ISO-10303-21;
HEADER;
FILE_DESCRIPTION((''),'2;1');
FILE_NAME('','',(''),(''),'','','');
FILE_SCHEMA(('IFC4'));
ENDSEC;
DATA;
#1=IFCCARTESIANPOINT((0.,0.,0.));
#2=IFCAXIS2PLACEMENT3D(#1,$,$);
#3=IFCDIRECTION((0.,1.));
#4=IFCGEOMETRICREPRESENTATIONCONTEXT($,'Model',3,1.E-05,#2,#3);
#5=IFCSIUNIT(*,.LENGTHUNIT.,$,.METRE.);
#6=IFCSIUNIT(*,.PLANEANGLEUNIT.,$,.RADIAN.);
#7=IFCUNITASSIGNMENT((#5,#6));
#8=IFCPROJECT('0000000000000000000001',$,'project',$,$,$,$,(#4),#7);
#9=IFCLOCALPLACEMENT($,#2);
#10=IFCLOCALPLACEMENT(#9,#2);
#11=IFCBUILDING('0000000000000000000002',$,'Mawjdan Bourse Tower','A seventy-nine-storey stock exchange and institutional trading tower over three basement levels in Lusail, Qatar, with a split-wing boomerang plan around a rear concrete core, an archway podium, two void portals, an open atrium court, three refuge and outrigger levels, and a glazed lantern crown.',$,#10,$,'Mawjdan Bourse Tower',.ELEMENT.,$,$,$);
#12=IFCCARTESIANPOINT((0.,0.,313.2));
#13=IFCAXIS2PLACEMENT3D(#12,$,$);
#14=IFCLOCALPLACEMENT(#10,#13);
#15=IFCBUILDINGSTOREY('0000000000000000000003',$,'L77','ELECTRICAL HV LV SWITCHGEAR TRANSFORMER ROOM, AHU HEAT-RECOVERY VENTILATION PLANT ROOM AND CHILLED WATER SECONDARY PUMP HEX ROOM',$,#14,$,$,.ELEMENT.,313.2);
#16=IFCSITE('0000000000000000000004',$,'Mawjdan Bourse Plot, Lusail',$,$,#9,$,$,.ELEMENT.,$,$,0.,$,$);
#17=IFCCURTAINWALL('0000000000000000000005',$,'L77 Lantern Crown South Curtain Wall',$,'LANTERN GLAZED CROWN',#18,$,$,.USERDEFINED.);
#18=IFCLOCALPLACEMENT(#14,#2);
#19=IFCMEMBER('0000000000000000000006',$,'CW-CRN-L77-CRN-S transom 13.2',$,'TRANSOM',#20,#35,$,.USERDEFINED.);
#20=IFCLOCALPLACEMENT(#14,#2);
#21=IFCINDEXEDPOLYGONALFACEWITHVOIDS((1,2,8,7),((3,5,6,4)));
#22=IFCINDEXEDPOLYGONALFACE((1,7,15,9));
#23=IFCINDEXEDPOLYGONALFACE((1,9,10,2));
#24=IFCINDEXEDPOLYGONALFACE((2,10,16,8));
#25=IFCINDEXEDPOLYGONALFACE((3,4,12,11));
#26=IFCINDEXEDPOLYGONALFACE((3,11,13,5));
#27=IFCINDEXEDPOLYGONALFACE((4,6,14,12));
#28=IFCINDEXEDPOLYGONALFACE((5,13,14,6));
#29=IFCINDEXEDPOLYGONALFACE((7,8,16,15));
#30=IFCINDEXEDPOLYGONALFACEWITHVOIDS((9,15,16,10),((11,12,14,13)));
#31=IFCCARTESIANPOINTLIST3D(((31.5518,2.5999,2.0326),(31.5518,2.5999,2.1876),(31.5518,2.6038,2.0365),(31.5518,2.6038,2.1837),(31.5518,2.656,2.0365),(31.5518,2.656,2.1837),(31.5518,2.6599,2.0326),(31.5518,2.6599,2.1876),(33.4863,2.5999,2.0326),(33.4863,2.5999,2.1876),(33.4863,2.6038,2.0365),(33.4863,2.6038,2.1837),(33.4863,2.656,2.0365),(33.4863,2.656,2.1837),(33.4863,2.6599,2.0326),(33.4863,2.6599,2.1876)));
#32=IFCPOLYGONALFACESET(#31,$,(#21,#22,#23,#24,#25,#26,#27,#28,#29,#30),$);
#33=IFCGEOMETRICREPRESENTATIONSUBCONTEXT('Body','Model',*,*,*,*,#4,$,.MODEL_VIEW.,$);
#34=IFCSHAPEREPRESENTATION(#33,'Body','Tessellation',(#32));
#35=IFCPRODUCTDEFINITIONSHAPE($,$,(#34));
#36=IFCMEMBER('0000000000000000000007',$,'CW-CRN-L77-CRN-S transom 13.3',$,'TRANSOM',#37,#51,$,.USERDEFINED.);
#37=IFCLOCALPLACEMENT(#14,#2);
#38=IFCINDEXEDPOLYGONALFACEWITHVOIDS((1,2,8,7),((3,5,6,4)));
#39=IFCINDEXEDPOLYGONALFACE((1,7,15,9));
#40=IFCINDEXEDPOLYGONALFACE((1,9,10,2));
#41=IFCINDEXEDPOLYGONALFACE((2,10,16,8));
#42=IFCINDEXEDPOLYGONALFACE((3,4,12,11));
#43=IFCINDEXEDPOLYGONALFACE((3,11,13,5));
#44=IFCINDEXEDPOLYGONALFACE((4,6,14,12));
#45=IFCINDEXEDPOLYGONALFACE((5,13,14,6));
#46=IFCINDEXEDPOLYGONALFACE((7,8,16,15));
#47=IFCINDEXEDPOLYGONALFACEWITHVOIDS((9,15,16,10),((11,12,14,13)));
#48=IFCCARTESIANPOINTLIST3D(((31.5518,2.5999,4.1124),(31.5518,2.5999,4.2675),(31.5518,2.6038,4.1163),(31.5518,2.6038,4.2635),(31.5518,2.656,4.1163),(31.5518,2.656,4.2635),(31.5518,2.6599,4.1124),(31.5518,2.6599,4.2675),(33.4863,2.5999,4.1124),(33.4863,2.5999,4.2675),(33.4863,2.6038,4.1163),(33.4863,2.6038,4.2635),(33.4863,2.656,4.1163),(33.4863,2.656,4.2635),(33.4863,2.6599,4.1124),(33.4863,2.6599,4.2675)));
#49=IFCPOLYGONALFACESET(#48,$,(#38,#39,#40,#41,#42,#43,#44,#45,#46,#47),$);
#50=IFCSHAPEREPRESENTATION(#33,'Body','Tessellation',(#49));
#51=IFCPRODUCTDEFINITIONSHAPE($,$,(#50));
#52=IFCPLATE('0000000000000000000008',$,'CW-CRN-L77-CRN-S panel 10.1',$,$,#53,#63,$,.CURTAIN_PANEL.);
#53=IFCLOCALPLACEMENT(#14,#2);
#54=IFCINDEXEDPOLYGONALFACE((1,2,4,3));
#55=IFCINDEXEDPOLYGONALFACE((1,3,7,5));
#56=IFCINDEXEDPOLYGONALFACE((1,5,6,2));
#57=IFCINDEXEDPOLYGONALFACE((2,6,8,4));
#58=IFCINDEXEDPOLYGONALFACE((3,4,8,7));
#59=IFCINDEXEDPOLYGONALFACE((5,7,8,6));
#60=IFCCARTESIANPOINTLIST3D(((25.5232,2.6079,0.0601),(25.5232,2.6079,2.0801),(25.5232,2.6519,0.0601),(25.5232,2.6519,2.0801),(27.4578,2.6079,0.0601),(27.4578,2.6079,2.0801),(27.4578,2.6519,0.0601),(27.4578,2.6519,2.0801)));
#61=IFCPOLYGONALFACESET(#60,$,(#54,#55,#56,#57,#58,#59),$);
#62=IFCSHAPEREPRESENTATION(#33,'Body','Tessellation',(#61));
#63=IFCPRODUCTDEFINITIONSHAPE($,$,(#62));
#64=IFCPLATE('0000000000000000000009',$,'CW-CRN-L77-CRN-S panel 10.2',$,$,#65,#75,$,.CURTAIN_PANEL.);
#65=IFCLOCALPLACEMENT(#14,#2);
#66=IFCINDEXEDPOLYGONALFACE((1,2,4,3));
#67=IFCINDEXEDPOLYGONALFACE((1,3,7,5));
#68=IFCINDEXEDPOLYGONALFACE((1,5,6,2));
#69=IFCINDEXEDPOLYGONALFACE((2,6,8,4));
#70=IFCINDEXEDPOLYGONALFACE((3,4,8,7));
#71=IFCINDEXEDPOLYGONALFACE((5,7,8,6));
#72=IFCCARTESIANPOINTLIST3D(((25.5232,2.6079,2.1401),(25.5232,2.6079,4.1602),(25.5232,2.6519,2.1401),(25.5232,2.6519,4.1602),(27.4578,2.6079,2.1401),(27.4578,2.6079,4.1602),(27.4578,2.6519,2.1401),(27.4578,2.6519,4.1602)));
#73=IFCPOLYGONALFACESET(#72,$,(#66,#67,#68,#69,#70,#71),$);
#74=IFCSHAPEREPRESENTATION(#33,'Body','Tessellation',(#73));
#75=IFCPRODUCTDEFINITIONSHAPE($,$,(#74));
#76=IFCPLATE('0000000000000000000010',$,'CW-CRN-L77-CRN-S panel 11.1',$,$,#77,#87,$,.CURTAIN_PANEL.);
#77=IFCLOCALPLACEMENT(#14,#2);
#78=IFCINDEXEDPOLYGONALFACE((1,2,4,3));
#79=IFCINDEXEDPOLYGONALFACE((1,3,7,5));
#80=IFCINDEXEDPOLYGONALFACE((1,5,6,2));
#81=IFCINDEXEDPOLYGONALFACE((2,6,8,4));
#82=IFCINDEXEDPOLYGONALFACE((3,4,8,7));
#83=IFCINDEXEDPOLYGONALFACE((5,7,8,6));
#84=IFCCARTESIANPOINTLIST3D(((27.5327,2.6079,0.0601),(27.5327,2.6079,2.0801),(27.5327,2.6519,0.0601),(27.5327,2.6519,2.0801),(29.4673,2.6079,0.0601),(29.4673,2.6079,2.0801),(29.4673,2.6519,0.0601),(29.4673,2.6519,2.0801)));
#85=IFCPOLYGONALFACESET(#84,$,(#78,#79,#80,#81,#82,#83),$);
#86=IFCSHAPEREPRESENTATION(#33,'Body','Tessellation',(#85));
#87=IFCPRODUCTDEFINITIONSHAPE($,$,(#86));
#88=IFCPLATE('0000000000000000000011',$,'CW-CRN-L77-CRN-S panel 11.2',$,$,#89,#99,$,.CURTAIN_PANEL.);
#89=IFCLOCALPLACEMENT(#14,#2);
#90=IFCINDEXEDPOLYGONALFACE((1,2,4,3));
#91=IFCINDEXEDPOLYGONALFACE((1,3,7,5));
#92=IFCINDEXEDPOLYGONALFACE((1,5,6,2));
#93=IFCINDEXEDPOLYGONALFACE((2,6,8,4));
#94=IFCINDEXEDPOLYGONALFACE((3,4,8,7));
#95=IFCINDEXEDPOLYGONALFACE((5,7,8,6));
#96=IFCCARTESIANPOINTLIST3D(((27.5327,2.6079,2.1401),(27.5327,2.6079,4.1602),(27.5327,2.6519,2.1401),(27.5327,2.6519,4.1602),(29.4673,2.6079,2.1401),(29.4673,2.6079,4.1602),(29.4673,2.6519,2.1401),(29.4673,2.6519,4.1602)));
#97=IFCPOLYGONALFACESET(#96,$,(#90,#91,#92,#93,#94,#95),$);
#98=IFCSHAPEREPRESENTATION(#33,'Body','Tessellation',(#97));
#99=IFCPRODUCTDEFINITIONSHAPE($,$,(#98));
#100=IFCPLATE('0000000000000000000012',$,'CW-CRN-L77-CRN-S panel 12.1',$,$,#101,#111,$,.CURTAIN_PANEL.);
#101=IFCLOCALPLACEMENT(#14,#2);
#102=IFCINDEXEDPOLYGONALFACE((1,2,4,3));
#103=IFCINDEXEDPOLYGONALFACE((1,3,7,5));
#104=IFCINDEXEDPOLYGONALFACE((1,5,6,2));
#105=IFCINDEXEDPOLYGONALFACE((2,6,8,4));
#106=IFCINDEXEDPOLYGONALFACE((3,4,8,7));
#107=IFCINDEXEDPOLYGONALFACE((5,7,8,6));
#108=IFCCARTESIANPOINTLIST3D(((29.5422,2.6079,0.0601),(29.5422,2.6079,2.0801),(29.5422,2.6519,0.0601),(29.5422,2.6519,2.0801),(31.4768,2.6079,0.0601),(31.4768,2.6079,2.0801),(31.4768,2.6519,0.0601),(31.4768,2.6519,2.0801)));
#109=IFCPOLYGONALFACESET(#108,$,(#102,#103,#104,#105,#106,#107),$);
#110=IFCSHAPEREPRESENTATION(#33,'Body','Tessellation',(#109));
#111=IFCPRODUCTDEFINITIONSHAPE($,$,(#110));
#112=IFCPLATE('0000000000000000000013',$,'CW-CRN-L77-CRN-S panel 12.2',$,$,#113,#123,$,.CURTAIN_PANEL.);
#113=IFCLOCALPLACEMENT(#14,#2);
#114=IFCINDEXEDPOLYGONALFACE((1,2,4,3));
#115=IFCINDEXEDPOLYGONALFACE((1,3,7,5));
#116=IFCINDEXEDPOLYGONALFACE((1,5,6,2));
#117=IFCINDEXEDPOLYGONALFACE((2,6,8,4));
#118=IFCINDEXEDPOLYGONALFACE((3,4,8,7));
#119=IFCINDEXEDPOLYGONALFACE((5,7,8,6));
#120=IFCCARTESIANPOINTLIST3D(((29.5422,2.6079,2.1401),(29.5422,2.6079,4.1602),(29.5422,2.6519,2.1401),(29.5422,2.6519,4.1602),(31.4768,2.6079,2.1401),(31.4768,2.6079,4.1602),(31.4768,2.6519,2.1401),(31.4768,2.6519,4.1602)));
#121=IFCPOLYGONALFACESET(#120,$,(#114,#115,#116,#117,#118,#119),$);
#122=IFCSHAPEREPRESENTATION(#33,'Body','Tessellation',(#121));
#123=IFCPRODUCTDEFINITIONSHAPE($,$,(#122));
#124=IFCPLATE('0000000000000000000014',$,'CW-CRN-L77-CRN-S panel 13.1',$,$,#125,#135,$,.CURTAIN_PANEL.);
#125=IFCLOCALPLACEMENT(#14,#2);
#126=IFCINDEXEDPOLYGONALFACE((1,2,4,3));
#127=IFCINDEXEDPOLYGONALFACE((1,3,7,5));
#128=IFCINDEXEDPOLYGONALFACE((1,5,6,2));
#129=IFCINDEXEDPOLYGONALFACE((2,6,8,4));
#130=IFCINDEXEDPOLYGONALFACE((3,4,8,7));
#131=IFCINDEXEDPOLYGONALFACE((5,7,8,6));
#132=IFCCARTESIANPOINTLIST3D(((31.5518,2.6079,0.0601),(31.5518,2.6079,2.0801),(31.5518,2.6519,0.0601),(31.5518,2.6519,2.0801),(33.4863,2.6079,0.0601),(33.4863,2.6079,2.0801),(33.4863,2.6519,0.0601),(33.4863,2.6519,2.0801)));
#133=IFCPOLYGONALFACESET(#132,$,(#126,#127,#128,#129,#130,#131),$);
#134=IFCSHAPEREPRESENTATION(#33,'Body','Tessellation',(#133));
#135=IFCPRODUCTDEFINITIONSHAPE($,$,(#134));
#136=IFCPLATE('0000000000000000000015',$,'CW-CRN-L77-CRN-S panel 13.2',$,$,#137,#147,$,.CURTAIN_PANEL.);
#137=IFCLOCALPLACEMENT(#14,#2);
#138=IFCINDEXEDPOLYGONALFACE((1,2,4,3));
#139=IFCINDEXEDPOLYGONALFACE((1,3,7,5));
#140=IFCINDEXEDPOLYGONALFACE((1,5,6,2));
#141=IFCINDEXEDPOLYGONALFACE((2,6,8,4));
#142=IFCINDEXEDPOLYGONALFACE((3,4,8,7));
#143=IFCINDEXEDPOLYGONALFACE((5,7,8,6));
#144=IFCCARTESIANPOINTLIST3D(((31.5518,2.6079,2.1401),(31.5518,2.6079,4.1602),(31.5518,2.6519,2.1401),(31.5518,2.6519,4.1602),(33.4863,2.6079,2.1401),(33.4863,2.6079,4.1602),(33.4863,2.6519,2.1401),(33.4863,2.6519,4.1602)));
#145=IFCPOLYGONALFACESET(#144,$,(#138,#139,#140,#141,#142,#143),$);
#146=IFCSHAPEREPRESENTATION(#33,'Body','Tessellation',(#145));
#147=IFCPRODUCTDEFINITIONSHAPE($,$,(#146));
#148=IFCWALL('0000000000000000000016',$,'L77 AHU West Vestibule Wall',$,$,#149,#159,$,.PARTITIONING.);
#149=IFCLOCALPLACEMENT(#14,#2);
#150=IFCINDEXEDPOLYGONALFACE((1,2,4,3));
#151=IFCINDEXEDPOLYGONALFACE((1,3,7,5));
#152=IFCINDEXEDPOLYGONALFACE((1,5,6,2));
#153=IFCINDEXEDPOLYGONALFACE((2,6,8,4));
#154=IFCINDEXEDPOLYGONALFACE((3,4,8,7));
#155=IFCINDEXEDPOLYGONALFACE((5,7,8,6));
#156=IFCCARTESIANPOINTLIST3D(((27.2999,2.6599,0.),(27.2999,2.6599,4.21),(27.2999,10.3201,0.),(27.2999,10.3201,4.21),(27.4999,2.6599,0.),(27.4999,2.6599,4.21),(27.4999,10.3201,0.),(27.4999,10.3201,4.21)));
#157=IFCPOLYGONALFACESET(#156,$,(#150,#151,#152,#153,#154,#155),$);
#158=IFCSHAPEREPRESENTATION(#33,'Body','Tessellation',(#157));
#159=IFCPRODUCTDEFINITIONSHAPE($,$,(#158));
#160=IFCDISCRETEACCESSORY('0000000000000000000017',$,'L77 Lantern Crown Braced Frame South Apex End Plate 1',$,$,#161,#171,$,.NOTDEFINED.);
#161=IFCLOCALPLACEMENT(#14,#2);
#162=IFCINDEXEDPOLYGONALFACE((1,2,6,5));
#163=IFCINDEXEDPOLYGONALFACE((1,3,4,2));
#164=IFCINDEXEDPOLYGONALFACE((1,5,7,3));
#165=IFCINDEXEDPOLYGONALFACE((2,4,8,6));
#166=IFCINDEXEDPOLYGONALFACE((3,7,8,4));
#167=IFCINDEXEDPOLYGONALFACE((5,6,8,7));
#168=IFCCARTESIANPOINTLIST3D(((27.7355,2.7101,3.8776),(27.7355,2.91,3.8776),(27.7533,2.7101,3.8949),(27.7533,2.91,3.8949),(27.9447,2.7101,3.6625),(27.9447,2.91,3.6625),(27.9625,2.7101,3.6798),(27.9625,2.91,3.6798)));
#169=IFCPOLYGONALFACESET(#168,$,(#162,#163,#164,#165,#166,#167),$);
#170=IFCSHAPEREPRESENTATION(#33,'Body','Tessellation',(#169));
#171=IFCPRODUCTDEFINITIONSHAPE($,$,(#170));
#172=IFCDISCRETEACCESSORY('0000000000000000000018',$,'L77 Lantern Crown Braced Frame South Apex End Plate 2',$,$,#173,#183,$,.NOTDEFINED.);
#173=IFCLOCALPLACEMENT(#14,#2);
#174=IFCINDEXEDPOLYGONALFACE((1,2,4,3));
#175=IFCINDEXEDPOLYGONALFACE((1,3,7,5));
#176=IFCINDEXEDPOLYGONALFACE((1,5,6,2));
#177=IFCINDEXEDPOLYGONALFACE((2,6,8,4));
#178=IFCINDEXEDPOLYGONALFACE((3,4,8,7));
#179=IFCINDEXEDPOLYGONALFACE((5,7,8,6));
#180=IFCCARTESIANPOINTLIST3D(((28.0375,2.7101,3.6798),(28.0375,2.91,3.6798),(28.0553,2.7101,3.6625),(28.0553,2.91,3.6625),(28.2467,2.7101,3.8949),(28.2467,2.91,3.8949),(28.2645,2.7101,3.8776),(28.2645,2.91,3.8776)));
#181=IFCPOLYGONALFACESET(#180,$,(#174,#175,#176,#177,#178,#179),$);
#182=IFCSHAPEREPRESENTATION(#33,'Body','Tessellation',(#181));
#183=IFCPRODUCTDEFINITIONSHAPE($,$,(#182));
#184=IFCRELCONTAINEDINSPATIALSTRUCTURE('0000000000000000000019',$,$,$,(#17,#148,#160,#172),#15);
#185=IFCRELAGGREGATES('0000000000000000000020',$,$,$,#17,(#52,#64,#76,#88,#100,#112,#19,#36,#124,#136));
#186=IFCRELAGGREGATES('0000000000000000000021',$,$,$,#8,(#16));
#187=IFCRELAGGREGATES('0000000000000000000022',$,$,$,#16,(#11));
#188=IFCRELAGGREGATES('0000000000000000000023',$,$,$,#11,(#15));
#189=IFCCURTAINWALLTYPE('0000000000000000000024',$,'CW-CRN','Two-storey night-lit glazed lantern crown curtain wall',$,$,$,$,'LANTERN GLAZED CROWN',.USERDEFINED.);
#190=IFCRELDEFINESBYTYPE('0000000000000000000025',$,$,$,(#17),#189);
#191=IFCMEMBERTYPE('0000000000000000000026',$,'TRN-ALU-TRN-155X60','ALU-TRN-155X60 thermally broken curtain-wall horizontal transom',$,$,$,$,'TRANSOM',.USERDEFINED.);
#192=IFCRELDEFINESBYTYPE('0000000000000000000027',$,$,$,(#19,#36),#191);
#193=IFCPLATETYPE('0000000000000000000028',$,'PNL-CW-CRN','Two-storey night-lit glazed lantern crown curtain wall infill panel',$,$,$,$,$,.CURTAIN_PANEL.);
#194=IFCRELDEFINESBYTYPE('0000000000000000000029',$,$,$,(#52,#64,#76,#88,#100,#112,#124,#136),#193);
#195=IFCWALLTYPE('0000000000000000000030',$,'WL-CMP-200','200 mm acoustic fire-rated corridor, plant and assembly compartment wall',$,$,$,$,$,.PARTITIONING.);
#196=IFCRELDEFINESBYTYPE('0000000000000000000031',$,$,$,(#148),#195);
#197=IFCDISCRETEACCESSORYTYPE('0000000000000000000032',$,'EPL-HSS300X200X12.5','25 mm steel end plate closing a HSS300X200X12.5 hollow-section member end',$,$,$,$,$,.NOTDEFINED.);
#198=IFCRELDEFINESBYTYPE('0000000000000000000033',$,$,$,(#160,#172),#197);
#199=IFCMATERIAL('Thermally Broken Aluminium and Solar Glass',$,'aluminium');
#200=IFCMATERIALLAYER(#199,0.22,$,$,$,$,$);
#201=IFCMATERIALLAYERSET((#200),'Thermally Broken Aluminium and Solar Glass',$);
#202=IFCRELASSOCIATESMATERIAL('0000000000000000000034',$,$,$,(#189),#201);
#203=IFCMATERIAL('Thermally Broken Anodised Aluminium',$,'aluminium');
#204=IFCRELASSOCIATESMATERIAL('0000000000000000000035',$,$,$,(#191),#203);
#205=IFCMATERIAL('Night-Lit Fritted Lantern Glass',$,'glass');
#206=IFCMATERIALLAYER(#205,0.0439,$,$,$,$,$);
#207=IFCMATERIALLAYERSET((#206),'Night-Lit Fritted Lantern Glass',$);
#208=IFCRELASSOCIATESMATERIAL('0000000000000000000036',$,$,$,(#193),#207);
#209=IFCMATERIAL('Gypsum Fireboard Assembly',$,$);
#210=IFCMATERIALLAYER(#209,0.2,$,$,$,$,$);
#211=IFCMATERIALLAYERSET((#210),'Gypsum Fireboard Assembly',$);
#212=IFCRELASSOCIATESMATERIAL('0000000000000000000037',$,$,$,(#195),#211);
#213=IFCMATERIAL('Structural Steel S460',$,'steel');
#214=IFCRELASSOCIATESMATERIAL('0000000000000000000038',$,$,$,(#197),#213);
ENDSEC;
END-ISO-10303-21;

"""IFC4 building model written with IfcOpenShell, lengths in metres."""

from ifc_helpers import new_model, si_unit, direction, frame, frame_2d, origin, origin_2d, place, context, subcontext, project, spatial, rectangle, hollow_rectangle, extrude, material, layer, layer_set, material_profile, profile_set, type_object, element, aggregate, save


model = new_model("IFC4")

# Units and contexts
model_context = context("Model", 3, precision=1e-05, world=origin(), true_north=direction((0.0, 1.0)))
body_context = subcontext(model_context, "Body", "Model", "MODEL_VIEW")
ifc_project = project(units=[si_unit("LENGTHUNIT", "METRE"), si_unit("PLANEANGLEUNIT", "RADIAN")], contexts=[model_context])

# Site, building, storey
site_placement = place(None, origin())
site = spatial("IfcSite", under=ifc_project, at=site_placement, Name="Mawjdan Bourse Plot, Lusail", CompositionType="ELEMENT", RefElevation=0.0)
building_placement = place(site_placement, origin())
building = spatial("IfcBuilding", under=site, at=building_placement, Name="Mawjdan Bourse Tower", Description="A seventy-nine-storey stock exchange and institutional trading tower over three basement levels in Lusail, Qatar, with a split-wing boomerang plan around a rear concrete core, an archway podium, two void portals, an open atrium court, three refuge and outrigger levels, and a glazed lantern crown.", LongName="Mawjdan Bourse Tower", CompositionType="ELEMENT")
storey_placement = place(building_placement, frame((0.0, 0.0, 313.2)))
storey = spatial("IfcBuildingStorey", under=building, at=storey_placement, Name="L77", Description="ELECTRICAL HV LV SWITCHGEAR TRANSFORMER ROOM, AHU HEAT-RECOVERY VENTILATION PLANT ROOM AND CHILLED WATER SECONDARY PUMP HEX ROOM", CompositionType="ELEMENT", Elevation=313.2)

# Shared definitions
ifc_material_1 = material(Name="Structural Steel S460", Category="steel")

# Curtain wall, members, plates
ifc_material_2 = material(Name="Thermally Broken Aluminium and Solar Glass", Category="aluminium")
ifc_layer_1 = layer(ifc_material_2, 0.22)
ifc_layer_set_1 = layer_set([ifc_layer_1], Name="Thermally Broken Aluminium and Solar Glass")
curtain_wall_type = type_object("IfcCurtainWallType", Name="CW-CRN", Description="Two-storey night-lit glazed lantern crown curtain wall", ElementType="LANTERN GLAZED CROWN", PredefinedType="USERDEFINED", material=ifc_layer_set_1)
curtain_wall_placement = place(storey_placement, origin())
curtain_wall = element("IfcCurtainWall", 1, at=curtain_wall_placement, inside=storey, type_object=curtain_wall_type, Name="L77 Lantern Crown South Curtain Wall", ObjectType="LANTERN GLAZED CROWN", PredefinedType="USERDEFINED")
ifc_material_3 = material(Name="Thermally Broken Anodised Aluminium", Category="aluminium")
ifc_material_profile_1 = material_profile(ifc_material_3, hollow_rectangle(XDim=0.0601, YDim=0.155, WallThickness=0.0039, at=origin_2d()), Name="ALU-TRN-155X60")
ifc_profile_set_1 = profile_set([ifc_material_profile_1], Name="Thermally Broken Anodised Aluminium")
member_type_1 = type_object("IfcMemberType", Name="TRN-ALU-TRN-155X60", Description="ALU-TRN-155X60 thermally broken curtain-wall horizontal transom", ElementType="TRANSOM", PredefinedType="USERDEFINED", material=ifc_profile_set_1)
member_1_placement = place(storey_placement, frame((31.5518, 2.6299, 2.1101), z_axis=(1.0, 0.0, 0.0), x_axis=(0.0, 1.0, 0.0)))
member_1 = element("IfcMember", 2, at=member_1_placement, type_object=member_type_1, Name="CW-CRN-L77-CRN-S transom 13.2", ObjectType="TRANSOM", PredefinedType="USERDEFINED", context=body_context, shape_type="SweptSolid", body=[
    extrude(hollow_rectangle(XDim=0.0601, YDim=0.155, WallThickness=0.0039, at=origin_2d()), origin(), (0.0, 0.0, 1.0), 1.9346),
])
member_2_placement = place(storey_placement, frame((31.5518, 2.6299, 4.1899), z_axis=(1.0, 0.0, 0.0), x_axis=(0.0, 1.0, 0.0)))
member_2 = element("IfcMember", 3, at=member_2_placement, type_object=member_type_1, Name="CW-CRN-L77-CRN-S transom 13.3", ObjectType="TRANSOM", PredefinedType="USERDEFINED", context=body_context, shape_type="SweptSolid", body=[
    extrude(hollow_rectangle(XDim=0.0601, YDim=0.155, WallThickness=0.0039, at=origin_2d()), origin(), (0.0, 0.0, 1.0), 1.9346),
])
ifc_material_4 = material(Name="Night-Lit Fritted Lantern Glass", Category="glass")
ifc_layer_2 = layer(ifc_material_4, 0.0439)
ifc_layer_set_2 = layer_set([ifc_layer_2], Name="Night-Lit Fritted Lantern Glass")
plate_type = type_object("IfcPlateType", Name="PNL-CW-CRN", Description="Two-storey night-lit glazed lantern crown curtain wall infill panel", PredefinedType="CURTAIN_PANEL", material=ifc_layer_set_2)
plate_1_placement = place(storey_placement, frame((26.4905, 2.6299, 0.0601), z_axis=(0.0, 0.0, 1.0), x_axis=(1.0, 0.0, 0.0)))
plate_1 = element("IfcPlate", 4, at=plate_1_placement, type_object=plate_type, Name="CW-CRN-L77-CRN-S panel 10.1", PredefinedType="CURTAIN_PANEL", context=body_context, shape_type="SweptSolid", body=[
    extrude(rectangle(XDim=1.9346, YDim=0.0439, at=origin_2d()), origin(), (0.0, 0.0, 1.0), 2.02),
])
plate_2_placement = place(storey_placement, frame((26.4905, 2.6299, 2.1401), z_axis=(0.0, 0.0, 1.0), x_axis=(1.0, 0.0, 0.0)))
plate_2 = element("IfcPlate", 5, at=plate_2_placement, type_object=plate_type, Name="CW-CRN-L77-CRN-S panel 10.2", PredefinedType="CURTAIN_PANEL", context=body_context, shape_type="SweptSolid", body=[
    extrude(rectangle(XDim=1.9346, YDim=0.0439, at=origin_2d()), origin(), (0.0, 0.0, 1.0), 2.02),
])
plate_3_placement = place(storey_placement, frame((28.5, 2.6299, 0.0601), z_axis=(0.0, 0.0, 1.0), x_axis=(1.0, 0.0, 0.0)))
plate_3 = element("IfcPlate", 6, at=plate_3_placement, type_object=plate_type, Name="CW-CRN-L77-CRN-S panel 11.1", PredefinedType="CURTAIN_PANEL", context=body_context, shape_type="SweptSolid", body=[
    extrude(rectangle(XDim=1.9346, YDim=0.0439, at=origin_2d()), origin(), (0.0, 0.0, 1.0), 2.02),
])
plate_4_placement = place(storey_placement, frame((28.5, 2.6299, 2.1401), z_axis=(0.0, 0.0, 1.0), x_axis=(1.0, 0.0, 0.0)))
plate_4 = element("IfcPlate", 7, at=plate_4_placement, type_object=plate_type, Name="CW-CRN-L77-CRN-S panel 11.2", PredefinedType="CURTAIN_PANEL", context=body_context, shape_type="SweptSolid", body=[
    extrude(rectangle(XDim=1.9346, YDim=0.0439, at=origin_2d()), origin(), (0.0, 0.0, 1.0), 2.02),
])
plate_5_placement = place(storey_placement, frame((30.5095, 2.6299, 0.0601), z_axis=(0.0, 0.0, 1.0), x_axis=(1.0, 0.0, 0.0)))
plate_5 = element("IfcPlate", 8, at=plate_5_placement, type_object=plate_type, Name="CW-CRN-L77-CRN-S panel 12.1", PredefinedType="CURTAIN_PANEL", context=body_context, shape_type="SweptSolid", body=[
    extrude(rectangle(XDim=1.9346, YDim=0.0439, at=origin_2d()), origin(), (0.0, 0.0, 1.0), 2.02),
])
plate_6_placement = place(storey_placement, frame((30.5095, 2.6299, 2.1401), z_axis=(0.0, 0.0, 1.0), x_axis=(1.0, 0.0, 0.0)))
plate_6 = element("IfcPlate", 9, at=plate_6_placement, type_object=plate_type, Name="CW-CRN-L77-CRN-S panel 12.2", PredefinedType="CURTAIN_PANEL", context=body_context, shape_type="SweptSolid", body=[
    extrude(rectangle(XDim=1.9346, YDim=0.0439, at=origin_2d()), origin(), (0.0, 0.0, 1.0), 2.02),
])
plate_7_placement = place(storey_placement, frame((32.519, 2.6299, 0.0601), z_axis=(0.0, 0.0, 1.0), x_axis=(1.0, 0.0, 0.0)))
plate_7 = element("IfcPlate", 10, at=plate_7_placement, type_object=plate_type, Name="CW-CRN-L77-CRN-S panel 13.1", PredefinedType="CURTAIN_PANEL", context=body_context, shape_type="SweptSolid", body=[
    extrude(rectangle(XDim=1.9346, YDim=0.0439, at=origin_2d()), origin(), (0.0, 0.0, 1.0), 2.02),
])
plate_8_placement = place(storey_placement, frame((32.519, 2.6299, 2.1401), z_axis=(0.0, 0.0, 1.0), x_axis=(1.0, 0.0, 0.0)))
plate_8 = element("IfcPlate", 11, at=plate_8_placement, type_object=plate_type, Name="CW-CRN-L77-CRN-S panel 13.2", PredefinedType="CURTAIN_PANEL", context=body_context, shape_type="SweptSolid", body=[
    extrude(rectangle(XDim=1.9346, YDim=0.0439, at=origin_2d()), origin(), (0.0, 0.0, 1.0), 2.02),
])
aggregate(curtain_wall, [plate_1, plate_2, plate_3, plate_4, plate_5, plate_6, member_1, member_2, plate_7, plate_8])

# Wall
ifc_material_5 = material(Name="Gypsum Fireboard Assembly")
ifc_layer_3 = layer(ifc_material_5, 0.2)
ifc_layer_set_3 = layer_set([ifc_layer_3], Name="Gypsum Fireboard Assembly")
wall_type = type_object("IfcWallType", Name="WL-CMP-200", Description="200 mm acoustic fire-rated corridor, plant and assembly compartment wall", PredefinedType="PARTITIONING", material=ifc_layer_set_3)
wall_placement = place(storey_placement, frame((27.3999, 2.6599, 0.0), z_axis=(0.0, 0.0, 1.0), x_axis=(0.0, 1.0, 0.0)))
element("IfcWall", 12, at=wall_placement, inside=storey, type_object=wall_type, Name="L77 AHU West Vestibule Wall", PredefinedType="PARTITIONING", context=body_context, shape_type="SweptSolid", body=[
    extrude(rectangle(XDim=7.6602, YDim=0.2, at=frame_2d((3.8301, 0.0))), origin(), (0.0, 0.0, 1.0), 4.21),
])

# Discrete accessories
ifc_material_profile_2 = material_profile(ifc_material_1, rectangle(XDim=0.2, YDim=0.3, at=origin_2d()), Name="EPL-HSS300X200X12.5")
ifc_profile_set_2 = profile_set([ifc_material_profile_2], Name="Structural Steel S460")
discrete_accessory_type = type_object("IfcDiscreteAccessoryType", Name="EPL-HSS300X200X12.5", Description="25 mm steel end plate closing a HSS300X200X12.5 hollow-section member end", PredefinedType="NOTDEFINED", material=ifc_profile_set_2)
for number, where, z_axis, x_axis, name in (
    (13, (27.8401, 2.8101, 3.77), (0.716859, 0.0, 0.697219), (0.0, 1.0, 0.0), "L77 Lantern Crown Braced Frame South Apex End Plate 1"),
    (14, (28.1599, 2.8101, 3.77), (-0.716859, 0.0, 0.697219), (0.0, -1.0, 0.0), "L77 Lantern Crown Braced Frame South Apex End Plate 2"),
):
    element("IfcDiscreteAccessory", number, at=place(storey_placement, frame(where, z_axis=z_axis, x_axis=x_axis)), inside=storey, type_object=discrete_accessory_type, Name=name, PredefinedType="NOTDEFINED", context=body_context, shape_type="SweptSolid", body=[
        extrude(rectangle(XDim=0.2, YDim=0.3, at=origin_2d()), origin(), (0.0, 0.0, 1.0), 0.0249),
    ])

save(model, "model.ifc")
